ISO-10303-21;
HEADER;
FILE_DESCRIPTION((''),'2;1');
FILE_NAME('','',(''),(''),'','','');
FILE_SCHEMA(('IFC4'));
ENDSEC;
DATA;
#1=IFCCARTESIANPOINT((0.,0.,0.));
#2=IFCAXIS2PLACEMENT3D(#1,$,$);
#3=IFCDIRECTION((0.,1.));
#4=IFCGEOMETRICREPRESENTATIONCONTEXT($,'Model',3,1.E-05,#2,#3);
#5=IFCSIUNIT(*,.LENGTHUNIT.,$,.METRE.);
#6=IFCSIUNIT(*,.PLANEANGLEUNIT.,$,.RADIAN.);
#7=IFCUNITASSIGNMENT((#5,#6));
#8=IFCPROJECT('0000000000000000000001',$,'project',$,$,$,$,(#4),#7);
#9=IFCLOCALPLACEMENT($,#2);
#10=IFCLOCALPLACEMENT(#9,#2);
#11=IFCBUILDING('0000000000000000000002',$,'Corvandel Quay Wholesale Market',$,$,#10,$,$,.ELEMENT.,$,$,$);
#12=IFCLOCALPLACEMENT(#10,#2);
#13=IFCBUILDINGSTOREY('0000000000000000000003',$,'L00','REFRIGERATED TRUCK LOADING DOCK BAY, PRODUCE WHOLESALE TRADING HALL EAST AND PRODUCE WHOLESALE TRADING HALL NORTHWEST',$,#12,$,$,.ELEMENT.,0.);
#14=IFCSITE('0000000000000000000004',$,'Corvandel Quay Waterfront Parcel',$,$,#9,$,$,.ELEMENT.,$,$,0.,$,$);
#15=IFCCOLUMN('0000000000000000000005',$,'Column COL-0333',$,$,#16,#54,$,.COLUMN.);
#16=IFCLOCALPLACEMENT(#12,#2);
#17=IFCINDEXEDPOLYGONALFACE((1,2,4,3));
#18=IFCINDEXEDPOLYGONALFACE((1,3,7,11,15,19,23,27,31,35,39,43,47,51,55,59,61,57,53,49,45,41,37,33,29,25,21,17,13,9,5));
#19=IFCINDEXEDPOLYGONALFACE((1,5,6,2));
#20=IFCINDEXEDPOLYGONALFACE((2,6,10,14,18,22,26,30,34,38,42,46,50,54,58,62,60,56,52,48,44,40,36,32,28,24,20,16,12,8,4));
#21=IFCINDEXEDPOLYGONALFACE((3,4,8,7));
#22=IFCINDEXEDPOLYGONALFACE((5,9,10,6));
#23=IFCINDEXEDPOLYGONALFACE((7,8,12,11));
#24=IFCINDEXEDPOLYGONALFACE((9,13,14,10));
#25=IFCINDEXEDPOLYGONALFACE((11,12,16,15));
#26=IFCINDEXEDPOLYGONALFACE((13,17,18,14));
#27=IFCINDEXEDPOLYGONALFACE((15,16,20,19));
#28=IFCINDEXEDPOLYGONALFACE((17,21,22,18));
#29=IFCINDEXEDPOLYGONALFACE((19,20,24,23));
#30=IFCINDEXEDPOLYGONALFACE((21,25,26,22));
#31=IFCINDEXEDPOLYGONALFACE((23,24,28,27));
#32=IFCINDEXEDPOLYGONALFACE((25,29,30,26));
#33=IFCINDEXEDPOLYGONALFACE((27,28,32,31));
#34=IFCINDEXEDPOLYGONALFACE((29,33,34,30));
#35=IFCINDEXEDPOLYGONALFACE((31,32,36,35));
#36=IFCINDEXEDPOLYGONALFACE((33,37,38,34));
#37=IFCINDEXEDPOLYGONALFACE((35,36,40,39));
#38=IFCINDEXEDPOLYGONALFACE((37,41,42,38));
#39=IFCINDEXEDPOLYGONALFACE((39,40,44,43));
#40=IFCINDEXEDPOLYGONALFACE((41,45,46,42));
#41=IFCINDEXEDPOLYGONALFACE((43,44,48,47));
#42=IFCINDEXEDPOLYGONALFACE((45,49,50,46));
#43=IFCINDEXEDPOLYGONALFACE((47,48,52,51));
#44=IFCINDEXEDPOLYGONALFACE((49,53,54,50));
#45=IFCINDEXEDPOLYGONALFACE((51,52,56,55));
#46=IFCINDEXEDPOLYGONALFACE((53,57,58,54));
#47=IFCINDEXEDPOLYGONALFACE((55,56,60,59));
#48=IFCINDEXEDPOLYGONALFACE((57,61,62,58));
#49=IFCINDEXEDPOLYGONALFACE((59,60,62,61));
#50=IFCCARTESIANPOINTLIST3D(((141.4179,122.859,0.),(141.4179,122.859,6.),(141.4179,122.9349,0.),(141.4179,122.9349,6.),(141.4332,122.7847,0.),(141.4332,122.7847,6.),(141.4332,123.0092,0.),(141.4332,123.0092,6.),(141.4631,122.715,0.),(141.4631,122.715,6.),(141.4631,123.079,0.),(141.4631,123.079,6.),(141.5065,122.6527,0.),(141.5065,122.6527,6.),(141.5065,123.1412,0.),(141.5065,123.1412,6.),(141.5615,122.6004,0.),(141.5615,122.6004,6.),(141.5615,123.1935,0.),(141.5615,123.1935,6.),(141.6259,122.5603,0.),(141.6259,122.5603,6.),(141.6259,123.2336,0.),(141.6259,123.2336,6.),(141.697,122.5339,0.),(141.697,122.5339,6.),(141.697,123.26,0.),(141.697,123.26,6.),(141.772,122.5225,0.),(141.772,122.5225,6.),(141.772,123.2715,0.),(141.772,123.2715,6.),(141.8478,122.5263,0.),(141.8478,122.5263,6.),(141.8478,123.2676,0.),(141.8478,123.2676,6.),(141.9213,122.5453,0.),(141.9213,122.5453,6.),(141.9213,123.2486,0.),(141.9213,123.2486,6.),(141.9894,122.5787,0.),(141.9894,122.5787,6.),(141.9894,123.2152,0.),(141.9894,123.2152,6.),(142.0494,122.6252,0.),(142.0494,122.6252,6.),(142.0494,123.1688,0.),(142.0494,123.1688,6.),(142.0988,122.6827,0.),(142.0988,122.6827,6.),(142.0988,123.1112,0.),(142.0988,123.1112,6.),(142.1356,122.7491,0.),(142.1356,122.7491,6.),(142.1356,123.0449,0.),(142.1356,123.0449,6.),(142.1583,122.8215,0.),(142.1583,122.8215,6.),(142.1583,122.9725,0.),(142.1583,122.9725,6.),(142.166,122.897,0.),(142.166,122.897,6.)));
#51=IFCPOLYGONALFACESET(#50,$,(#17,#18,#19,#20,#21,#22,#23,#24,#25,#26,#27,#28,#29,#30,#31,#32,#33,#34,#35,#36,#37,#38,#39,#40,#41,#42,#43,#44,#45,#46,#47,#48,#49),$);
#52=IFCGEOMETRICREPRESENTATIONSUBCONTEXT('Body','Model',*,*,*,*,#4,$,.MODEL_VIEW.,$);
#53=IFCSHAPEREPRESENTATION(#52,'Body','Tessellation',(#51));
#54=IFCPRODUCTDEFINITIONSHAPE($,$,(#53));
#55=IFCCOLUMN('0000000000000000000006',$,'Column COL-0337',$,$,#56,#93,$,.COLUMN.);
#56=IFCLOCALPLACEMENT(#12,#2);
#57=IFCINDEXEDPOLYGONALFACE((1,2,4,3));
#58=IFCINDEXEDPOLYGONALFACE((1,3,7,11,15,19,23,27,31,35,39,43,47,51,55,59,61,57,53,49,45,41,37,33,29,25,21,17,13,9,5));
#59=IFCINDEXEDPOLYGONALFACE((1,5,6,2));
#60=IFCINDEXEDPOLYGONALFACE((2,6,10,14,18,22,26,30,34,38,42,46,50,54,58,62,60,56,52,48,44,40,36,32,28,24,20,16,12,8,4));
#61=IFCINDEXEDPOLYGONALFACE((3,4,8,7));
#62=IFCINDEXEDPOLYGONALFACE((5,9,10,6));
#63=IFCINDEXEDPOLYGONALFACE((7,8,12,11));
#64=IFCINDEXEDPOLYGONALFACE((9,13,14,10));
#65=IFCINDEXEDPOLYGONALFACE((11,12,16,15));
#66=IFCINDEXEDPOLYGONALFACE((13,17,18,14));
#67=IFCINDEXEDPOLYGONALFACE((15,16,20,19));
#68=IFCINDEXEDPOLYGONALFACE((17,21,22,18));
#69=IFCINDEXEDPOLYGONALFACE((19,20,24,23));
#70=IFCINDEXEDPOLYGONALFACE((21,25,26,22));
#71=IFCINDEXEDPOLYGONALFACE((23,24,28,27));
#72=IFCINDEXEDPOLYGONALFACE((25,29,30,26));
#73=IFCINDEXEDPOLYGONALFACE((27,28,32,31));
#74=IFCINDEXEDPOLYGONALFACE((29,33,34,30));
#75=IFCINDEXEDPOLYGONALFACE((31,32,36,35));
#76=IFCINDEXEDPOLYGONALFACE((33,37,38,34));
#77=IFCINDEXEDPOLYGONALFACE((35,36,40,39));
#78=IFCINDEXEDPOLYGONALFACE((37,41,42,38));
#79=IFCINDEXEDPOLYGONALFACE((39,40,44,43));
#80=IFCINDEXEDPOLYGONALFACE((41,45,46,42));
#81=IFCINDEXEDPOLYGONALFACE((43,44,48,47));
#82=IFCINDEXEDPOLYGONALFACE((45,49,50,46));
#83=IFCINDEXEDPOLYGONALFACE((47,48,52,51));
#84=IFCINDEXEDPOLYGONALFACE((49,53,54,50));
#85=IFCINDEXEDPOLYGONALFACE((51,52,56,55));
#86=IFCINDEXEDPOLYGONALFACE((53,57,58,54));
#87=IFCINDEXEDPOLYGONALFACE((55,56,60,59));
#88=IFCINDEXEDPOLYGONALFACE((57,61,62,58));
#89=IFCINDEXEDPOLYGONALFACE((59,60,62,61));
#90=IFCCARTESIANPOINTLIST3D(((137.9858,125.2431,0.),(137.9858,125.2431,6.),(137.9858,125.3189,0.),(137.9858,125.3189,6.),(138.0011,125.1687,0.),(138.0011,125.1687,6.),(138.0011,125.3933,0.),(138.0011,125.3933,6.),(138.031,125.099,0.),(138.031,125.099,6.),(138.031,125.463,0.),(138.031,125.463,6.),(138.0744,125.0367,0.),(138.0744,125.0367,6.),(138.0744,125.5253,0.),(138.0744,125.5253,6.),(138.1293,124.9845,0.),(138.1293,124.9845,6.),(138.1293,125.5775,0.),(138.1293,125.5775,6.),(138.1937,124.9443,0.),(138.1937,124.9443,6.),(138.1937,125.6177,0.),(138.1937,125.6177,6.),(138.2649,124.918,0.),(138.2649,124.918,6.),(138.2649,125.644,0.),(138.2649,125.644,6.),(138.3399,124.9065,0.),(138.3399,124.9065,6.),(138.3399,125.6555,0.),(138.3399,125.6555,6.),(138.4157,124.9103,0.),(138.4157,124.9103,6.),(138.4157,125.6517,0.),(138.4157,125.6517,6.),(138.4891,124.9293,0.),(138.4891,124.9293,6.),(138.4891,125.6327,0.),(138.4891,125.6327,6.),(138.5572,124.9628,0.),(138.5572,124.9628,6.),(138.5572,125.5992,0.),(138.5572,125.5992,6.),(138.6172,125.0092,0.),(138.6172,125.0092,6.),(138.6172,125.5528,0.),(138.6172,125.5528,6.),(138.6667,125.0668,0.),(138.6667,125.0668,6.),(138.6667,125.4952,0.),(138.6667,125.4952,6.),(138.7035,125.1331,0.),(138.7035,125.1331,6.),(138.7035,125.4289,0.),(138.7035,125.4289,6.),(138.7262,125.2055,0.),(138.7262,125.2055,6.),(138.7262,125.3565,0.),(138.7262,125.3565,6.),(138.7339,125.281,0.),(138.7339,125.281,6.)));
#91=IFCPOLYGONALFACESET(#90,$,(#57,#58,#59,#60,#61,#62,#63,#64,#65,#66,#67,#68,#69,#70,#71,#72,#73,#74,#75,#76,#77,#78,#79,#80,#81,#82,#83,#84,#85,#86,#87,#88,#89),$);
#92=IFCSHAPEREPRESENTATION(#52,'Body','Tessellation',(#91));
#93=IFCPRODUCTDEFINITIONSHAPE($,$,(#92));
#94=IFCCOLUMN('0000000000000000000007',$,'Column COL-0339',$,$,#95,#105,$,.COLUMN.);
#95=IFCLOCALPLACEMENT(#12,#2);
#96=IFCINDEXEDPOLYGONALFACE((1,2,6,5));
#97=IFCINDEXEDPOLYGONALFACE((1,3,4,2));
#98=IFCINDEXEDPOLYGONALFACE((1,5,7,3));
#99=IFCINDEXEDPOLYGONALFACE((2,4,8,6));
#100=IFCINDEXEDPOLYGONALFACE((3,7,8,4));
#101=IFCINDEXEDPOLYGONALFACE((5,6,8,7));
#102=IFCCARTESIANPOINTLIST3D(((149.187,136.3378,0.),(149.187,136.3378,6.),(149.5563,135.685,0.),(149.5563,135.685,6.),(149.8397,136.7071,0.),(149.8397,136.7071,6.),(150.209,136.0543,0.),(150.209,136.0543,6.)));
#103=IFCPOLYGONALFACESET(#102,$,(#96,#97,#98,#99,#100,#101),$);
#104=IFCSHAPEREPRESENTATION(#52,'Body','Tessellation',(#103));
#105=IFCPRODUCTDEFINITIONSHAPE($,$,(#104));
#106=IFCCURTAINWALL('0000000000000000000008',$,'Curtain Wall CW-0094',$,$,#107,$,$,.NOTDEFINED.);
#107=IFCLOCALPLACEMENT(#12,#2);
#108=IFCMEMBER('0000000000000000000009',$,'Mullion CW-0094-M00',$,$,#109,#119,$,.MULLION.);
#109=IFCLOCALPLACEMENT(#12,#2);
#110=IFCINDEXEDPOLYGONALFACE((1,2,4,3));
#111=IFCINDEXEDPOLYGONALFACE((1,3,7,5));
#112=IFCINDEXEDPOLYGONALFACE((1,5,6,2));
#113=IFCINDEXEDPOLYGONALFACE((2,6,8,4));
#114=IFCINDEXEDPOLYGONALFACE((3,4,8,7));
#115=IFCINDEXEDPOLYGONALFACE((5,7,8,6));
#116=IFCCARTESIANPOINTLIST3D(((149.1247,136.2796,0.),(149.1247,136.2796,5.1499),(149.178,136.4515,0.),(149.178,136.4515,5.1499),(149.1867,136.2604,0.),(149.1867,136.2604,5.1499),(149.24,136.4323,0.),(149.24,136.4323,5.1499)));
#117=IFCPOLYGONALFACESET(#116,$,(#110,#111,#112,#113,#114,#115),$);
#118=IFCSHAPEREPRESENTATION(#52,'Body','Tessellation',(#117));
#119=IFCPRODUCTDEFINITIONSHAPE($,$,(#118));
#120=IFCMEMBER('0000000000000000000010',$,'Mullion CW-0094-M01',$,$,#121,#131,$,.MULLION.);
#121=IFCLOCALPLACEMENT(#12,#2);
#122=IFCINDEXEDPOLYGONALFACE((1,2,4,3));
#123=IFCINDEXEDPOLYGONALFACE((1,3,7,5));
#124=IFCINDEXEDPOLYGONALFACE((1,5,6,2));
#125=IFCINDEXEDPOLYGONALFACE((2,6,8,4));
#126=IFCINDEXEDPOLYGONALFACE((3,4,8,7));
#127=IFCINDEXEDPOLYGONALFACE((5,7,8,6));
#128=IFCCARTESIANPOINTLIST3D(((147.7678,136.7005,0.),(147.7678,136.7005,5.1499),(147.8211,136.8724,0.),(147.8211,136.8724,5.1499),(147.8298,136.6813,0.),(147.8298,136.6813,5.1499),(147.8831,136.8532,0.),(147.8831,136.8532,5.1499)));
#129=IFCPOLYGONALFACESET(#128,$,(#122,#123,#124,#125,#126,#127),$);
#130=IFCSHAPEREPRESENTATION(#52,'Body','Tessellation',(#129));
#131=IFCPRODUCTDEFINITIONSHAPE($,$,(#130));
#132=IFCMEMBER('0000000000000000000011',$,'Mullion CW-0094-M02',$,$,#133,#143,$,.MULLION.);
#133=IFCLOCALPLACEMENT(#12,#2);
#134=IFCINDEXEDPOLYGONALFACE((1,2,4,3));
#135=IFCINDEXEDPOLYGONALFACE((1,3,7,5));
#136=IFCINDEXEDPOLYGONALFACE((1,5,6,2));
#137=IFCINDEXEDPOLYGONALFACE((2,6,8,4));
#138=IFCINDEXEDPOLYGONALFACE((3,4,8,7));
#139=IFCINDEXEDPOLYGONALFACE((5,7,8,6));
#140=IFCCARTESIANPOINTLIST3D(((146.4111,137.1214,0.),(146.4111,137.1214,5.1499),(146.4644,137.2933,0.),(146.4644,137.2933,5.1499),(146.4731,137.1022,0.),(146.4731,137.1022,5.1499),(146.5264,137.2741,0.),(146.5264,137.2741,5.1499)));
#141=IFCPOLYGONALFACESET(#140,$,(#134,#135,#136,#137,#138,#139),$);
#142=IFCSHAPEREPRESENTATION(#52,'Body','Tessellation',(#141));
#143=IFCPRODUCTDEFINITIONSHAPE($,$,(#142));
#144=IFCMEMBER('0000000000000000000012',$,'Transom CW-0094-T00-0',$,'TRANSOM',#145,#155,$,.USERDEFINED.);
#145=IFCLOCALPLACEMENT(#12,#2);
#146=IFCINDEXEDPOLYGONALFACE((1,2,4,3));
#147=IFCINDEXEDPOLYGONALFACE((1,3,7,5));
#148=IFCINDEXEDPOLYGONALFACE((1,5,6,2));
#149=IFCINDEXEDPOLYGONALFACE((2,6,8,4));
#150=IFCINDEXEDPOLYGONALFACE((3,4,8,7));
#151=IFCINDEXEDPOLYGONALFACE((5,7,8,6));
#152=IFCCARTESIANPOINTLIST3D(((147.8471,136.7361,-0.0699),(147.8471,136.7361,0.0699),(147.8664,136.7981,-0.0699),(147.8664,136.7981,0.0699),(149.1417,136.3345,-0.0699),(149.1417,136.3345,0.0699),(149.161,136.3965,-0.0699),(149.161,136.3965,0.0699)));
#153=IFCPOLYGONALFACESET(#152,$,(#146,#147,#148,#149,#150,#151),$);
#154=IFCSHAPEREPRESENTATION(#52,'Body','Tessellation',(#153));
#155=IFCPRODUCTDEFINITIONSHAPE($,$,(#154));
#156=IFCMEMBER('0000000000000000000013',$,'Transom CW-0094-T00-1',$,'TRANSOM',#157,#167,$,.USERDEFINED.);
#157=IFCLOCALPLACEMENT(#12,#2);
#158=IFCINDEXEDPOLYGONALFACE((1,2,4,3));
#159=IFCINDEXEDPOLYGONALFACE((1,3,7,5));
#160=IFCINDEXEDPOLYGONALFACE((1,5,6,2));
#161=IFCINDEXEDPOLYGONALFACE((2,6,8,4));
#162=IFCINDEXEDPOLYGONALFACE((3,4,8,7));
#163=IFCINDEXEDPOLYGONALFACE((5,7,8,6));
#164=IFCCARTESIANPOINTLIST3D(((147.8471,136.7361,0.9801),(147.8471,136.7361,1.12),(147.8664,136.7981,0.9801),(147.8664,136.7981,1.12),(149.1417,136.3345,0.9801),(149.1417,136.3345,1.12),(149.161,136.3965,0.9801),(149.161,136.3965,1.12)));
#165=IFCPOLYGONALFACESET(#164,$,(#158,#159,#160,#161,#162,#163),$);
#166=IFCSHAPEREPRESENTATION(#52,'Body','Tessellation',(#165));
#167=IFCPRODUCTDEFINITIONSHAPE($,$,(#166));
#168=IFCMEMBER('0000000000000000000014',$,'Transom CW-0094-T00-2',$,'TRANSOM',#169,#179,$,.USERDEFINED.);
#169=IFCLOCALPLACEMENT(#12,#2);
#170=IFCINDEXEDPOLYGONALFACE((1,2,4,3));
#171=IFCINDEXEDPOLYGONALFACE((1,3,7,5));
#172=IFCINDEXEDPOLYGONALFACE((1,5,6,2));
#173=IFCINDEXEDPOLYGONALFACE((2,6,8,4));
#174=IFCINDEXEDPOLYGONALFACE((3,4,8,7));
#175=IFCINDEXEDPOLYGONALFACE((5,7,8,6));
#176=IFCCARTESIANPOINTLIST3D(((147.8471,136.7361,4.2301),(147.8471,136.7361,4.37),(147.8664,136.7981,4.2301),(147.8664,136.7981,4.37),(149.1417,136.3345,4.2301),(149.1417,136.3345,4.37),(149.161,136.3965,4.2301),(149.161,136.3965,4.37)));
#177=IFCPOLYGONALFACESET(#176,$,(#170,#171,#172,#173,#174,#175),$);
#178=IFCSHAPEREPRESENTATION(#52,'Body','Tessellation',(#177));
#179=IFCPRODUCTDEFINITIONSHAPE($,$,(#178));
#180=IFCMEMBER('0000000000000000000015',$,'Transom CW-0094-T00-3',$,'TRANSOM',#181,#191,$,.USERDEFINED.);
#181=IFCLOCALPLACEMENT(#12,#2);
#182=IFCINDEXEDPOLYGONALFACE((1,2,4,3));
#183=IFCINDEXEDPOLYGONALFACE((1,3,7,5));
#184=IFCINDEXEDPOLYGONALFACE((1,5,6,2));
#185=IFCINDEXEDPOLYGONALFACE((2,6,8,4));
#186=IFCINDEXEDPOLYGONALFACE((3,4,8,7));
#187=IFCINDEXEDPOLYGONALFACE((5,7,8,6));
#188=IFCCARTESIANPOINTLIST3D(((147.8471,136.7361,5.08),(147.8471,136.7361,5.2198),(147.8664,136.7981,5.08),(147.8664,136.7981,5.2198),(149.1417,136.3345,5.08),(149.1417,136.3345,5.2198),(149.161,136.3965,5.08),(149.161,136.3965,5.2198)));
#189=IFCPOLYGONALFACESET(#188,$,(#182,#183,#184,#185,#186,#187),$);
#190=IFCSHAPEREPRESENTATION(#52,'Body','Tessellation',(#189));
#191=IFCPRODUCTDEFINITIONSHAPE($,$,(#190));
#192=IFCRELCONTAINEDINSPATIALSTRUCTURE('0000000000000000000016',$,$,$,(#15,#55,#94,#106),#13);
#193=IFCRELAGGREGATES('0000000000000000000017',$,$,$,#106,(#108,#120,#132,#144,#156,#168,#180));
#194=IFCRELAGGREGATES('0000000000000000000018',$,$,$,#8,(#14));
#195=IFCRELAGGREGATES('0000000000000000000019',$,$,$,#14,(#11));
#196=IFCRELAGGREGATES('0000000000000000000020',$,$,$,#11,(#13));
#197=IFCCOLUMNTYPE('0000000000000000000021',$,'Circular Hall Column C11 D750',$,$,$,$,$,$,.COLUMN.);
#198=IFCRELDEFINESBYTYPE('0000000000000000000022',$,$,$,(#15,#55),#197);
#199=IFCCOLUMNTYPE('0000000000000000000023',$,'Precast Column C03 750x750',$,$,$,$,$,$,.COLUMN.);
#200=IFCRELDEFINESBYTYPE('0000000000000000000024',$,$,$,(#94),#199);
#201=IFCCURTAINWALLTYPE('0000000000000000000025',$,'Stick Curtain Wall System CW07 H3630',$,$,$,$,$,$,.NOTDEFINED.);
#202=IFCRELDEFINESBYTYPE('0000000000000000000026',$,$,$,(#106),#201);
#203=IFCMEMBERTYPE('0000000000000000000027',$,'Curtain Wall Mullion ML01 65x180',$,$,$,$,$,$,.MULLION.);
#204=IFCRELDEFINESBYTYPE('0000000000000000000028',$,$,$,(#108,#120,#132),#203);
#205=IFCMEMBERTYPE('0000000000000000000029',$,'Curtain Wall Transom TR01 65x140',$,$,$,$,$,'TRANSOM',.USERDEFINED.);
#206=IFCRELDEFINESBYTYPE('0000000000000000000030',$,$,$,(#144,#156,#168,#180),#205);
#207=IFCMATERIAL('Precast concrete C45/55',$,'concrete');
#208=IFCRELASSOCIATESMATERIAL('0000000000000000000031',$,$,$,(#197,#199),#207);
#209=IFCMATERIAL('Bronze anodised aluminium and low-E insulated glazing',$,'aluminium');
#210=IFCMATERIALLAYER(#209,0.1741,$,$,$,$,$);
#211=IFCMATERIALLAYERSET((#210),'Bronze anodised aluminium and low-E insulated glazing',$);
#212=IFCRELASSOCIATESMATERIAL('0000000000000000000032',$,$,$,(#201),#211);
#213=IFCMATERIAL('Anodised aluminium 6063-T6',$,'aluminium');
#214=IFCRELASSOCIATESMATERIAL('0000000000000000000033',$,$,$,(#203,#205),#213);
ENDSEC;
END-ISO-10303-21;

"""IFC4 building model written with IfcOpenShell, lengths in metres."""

from ifc_helpers import new_model, si_unit, direction, frame, origin, origin_2d, place, context, subcontext, project, spatial, rectangle, circle, extrude, material, layer, layer_set, material_profile, profile_set, type_object, element, aggregate, save


model = new_model("IFC4")

# Units and contexts
model_context = context("Model", 3, precision=1e-05, world=origin(), true_north=direction((0.0, 1.0)))
body_context = subcontext(model_context, "Body", "Model", "MODEL_VIEW")
ifc_project = project(units=[si_unit("LENGTHUNIT", "METRE"), si_unit("PLANEANGLEUNIT", "RADIAN")], contexts=[model_context])

# Site, building, storey
site_placement = place(None, origin())
site = spatial("IfcSite", under=ifc_project, at=site_placement, Name="Corvandel Quay Waterfront Parcel", CompositionType="ELEMENT", RefElevation=0.0)
building_placement = place(site_placement, origin())
building = spatial("IfcBuilding", under=site, at=building_placement, Name="Corvandel Quay Wholesale Market", CompositionType="ELEMENT")
storey_placement = place(building_placement, origin())
storey = spatial("IfcBuildingStorey", under=building, at=storey_placement, Name="L00", Description="REFRIGERATED TRUCK LOADING DOCK BAY, PRODUCE WHOLESALE TRADING HALL EAST AND PRODUCE WHOLESALE TRADING HALL NORTHWEST", CompositionType="ELEMENT", Elevation=0.0)

# Columns
ifc_material_1 = material(Name="Precast concrete C45/55", Category="concrete")
ifc_material_profile_1 = material_profile(ifc_material_1, circle(Radius=0.375, at=origin_2d()), Name="PC-COL-D750")
ifc_profile_set_1 = profile_set([ifc_material_profile_1], Name="Precast concrete C45/55")
column_type_1 = type_object("IfcColumnType", Name="Circular Hall Column C11 D750", PredefinedType="COLUMN", material=ifc_profile_set_1)
for number, where, z_axis, x_axis, name in (
    (1, (141.791, 122.897, 0.0), (0.0, 0.0, 1.0), (1.0, 0.0, 0.0), "Column COL-0333"),
    (2, (138.3589, 125.281, 0.0), (0.0, 0.0, 1.0), (1.0, 0.0, 0.0), "Column COL-0337"),
):
    element("IfcColumn", number, at=place(storey_placement, frame(where, z_axis=z_axis, x_axis=x_axis)), inside=storey, type_object=column_type_1, Name=name, PredefinedType="COLUMN", context=body_context, shape_type="SweptSolid", body=[
        extrude(circle(Radius=0.375, at=origin_2d()), origin(), (0.0, 0.0, 1.0), 6.0),
    ])
ifc_material_profile_2 = material_profile(ifc_material_1, rectangle(XDim=0.75, YDim=0.75, at=origin_2d()), Name="PC-COL-750x750")
ifc_profile_set_2 = profile_set([ifc_material_profile_2], Name="Precast concrete C45/55")
column_type_2 = type_object("IfcColumnType", Name="Precast Column C03 750x750", PredefinedType="COLUMN", material=ifc_profile_set_2)
column_placement = place(storey_placement, frame((149.698, 136.196, 0.0), z_axis=(0.0, 0.0, 1.0), x_axis=(-0.492424, 0.870356, 0.0)))
element("IfcColumn", 3, at=column_placement, inside=storey, type_object=column_type_2, Name="Column COL-0339", PredefinedType="COLUMN", context=body_context, shape_type="SweptSolid", body=[
    extrude(rectangle(XDim=0.75, YDim=0.75, at=origin_2d()), origin(), (0.0, 0.0, 1.0), 6.0),
])

# Curtain wall, members
ifc_material_2 = material(Name="Bronze anodised aluminium and low-E insulated glazing", Category="aluminium")
ifc_layer_1 = layer(ifc_material_2, 0.1741)
ifc_layer_set_1 = layer_set([ifc_layer_1], Name="Bronze anodised aluminium and low-E insulated glazing")
curtain_wall_type = type_object("IfcCurtainWallType", Name="Stick Curtain Wall System CW07 H3630", PredefinedType="NOTDEFINED", material=ifc_layer_set_1)
curtain_wall_placement = place(storey_placement, origin())
curtain_wall = element("IfcCurtainWall", 4, at=curtain_wall_placement, inside=storey, type_object=curtain_wall_type, Name="Curtain Wall CW-0094", PredefinedType="NOTDEFINED")
ifc_material_3 = material(Name="Anodised aluminium 6063-T6", Category="aluminium")
ifc_material_profile_3 = material_profile(ifc_material_3, rectangle(XDim=0.0649, YDim=0.1799, at=origin_2d()), Name="ALU-MUL-65x180")
ifc_profile_set_3 = profile_set([ifc_material_profile_3], Name="Anodised aluminium 6063-T6")
member_type_1 = type_object("IfcMemberType", Name="Curtain Wall Mullion ML01 65x180", PredefinedType="MULLION", material=ifc_profile_set_3)
member_1_placement = place(storey_placement, frame((149.1824, 136.356, 0.0), z_axis=(0.0, 0.0, 1.0), x_axis=(-0.955123, 0.296208, 0.0)))
member_1 = element("IfcMember", 5, at=member_1_placement, type_object=member_type_1, Name="Mullion CW-0094-M00", PredefinedType="MULLION", context=body_context, shape_type="SweptSolid", body=[
    extrude(rectangle(XDim=0.0649, YDim=0.1799, at=origin_2d()), origin(), (0.0, 0.0, 1.0), 5.1499),
])
member_2_placement = place(storey_placement, frame((147.8254, 136.7769, 0.0), z_axis=(0.0, 0.0, 1.0), x_axis=(-0.955123, 0.296208, 0.0)))
member_2 = element("IfcMember", 6, at=member_2_placement, type_object=member_type_1, Name="Mullion CW-0094-M01", PredefinedType="MULLION", context=body_context, shape_type="SweptSolid", body=[
    extrude(rectangle(XDim=0.0649, YDim=0.1799, at=origin_2d()), origin(), (0.0, 0.0, 1.0), 5.1499),
])
member_3_placement = place(storey_placement, frame((146.4688, 137.1978, 0.0), z_axis=(0.0, 0.0, 1.0), x_axis=(-0.955123, 0.296208, 0.0)))
member_3 = element("IfcMember", 7, at=member_3_placement, type_object=member_type_1, Name="Mullion CW-0094-M02", PredefinedType="MULLION", context=body_context, shape_type="SweptSolid", body=[
    extrude(rectangle(XDim=0.0649, YDim=0.1799, at=origin_2d()), origin(), (0.0, 0.0, 1.0), 5.1499),
])
ifc_material_profile_4 = material_profile(ifc_material_3, rectangle(XDim=0.0649, YDim=0.1399, at=origin_2d()), Name="ALU-TRN-65x140")
ifc_profile_set_4 = profile_set([ifc_material_profile_4], Name="Anodised aluminium 6063-T6")
member_type_2 = type_object("IfcMemberType", Name="Curtain Wall Transom TR01 65x140", ElementType="TRANSOM", PredefinedType="USERDEFINED", material=ifc_profile_set_4)
member_4_placement = place(storey_placement, frame((149.1514, 136.3655, 0.0), z_axis=(-0.955103, 0.296275, 0.0), x_axis=(-0.296275, -0.955103, 0.0)))
member_4 = element("IfcMember", 8, at=member_4_placement, type_object=member_type_2, Name="Transom CW-0094-T00-0", ObjectType="TRANSOM", PredefinedType="USERDEFINED", context=body_context, shape_type="SweptSolid", body=[
    extrude(rectangle(XDim=0.0649, YDim=0.1399, at=origin_2d()), origin(), (0.0, 0.0, 1.0), 1.3555),
])
member_5_placement = place(storey_placement, frame((149.1514, 136.3655, 1.05), z_axis=(-0.955103, 0.296275, 0.0), x_axis=(-0.296275, -0.955103, 0.0)))
member_5 = element("IfcMember", 9, at=member_5_placement, type_object=member_type_2, Name="Transom CW-0094-T00-1", ObjectType="TRANSOM", PredefinedType="USERDEFINED", context=body_context, shape_type="SweptSolid", body=[
    extrude(rectangle(XDim=0.0649, YDim=0.1399, at=origin_2d()), origin(), (0.0, 0.0, 1.0), 1.3555),
])
member_6_placement = place(storey_placement, frame((149.1514, 136.3655, 4.3), z_axis=(-0.955103, 0.296275, 0.0), x_axis=(-0.296275, -0.955103, 0.0)))
member_6 = element("IfcMember", 10, at=member_6_placement, type_object=member_type_2, Name="Transom CW-0094-T00-2", ObjectType="TRANSOM", PredefinedType="USERDEFINED", context=body_context, shape_type="SweptSolid", body=[
    extrude(rectangle(XDim=0.0649, YDim=0.1399, at=origin_2d()), origin(), (0.0, 0.0, 1.0), 1.3555),
])
member_7_placement = place(storey_placement, frame((149.1514, 136.3655, 5.1499), z_axis=(-0.955103, 0.296275, 0.0), x_axis=(-0.296275, -0.955103, 0.0)))
member_7 = element("IfcMember", 11, at=member_7_placement, type_object=member_type_2, Name="Transom CW-0094-T00-3", ObjectType="TRANSOM", PredefinedType="USERDEFINED", context=body_context, shape_type="SweptSolid", body=[
    extrude(rectangle(XDim=0.0649, YDim=0.1399, at=origin_2d()), origin(), (0.0, 0.0, 1.0), 1.3555),
])
aggregate(curtain_wall, [member_1, member_2, member_3, member_4, member_5, member_6, member_7])

save(model, "model.ifc")
